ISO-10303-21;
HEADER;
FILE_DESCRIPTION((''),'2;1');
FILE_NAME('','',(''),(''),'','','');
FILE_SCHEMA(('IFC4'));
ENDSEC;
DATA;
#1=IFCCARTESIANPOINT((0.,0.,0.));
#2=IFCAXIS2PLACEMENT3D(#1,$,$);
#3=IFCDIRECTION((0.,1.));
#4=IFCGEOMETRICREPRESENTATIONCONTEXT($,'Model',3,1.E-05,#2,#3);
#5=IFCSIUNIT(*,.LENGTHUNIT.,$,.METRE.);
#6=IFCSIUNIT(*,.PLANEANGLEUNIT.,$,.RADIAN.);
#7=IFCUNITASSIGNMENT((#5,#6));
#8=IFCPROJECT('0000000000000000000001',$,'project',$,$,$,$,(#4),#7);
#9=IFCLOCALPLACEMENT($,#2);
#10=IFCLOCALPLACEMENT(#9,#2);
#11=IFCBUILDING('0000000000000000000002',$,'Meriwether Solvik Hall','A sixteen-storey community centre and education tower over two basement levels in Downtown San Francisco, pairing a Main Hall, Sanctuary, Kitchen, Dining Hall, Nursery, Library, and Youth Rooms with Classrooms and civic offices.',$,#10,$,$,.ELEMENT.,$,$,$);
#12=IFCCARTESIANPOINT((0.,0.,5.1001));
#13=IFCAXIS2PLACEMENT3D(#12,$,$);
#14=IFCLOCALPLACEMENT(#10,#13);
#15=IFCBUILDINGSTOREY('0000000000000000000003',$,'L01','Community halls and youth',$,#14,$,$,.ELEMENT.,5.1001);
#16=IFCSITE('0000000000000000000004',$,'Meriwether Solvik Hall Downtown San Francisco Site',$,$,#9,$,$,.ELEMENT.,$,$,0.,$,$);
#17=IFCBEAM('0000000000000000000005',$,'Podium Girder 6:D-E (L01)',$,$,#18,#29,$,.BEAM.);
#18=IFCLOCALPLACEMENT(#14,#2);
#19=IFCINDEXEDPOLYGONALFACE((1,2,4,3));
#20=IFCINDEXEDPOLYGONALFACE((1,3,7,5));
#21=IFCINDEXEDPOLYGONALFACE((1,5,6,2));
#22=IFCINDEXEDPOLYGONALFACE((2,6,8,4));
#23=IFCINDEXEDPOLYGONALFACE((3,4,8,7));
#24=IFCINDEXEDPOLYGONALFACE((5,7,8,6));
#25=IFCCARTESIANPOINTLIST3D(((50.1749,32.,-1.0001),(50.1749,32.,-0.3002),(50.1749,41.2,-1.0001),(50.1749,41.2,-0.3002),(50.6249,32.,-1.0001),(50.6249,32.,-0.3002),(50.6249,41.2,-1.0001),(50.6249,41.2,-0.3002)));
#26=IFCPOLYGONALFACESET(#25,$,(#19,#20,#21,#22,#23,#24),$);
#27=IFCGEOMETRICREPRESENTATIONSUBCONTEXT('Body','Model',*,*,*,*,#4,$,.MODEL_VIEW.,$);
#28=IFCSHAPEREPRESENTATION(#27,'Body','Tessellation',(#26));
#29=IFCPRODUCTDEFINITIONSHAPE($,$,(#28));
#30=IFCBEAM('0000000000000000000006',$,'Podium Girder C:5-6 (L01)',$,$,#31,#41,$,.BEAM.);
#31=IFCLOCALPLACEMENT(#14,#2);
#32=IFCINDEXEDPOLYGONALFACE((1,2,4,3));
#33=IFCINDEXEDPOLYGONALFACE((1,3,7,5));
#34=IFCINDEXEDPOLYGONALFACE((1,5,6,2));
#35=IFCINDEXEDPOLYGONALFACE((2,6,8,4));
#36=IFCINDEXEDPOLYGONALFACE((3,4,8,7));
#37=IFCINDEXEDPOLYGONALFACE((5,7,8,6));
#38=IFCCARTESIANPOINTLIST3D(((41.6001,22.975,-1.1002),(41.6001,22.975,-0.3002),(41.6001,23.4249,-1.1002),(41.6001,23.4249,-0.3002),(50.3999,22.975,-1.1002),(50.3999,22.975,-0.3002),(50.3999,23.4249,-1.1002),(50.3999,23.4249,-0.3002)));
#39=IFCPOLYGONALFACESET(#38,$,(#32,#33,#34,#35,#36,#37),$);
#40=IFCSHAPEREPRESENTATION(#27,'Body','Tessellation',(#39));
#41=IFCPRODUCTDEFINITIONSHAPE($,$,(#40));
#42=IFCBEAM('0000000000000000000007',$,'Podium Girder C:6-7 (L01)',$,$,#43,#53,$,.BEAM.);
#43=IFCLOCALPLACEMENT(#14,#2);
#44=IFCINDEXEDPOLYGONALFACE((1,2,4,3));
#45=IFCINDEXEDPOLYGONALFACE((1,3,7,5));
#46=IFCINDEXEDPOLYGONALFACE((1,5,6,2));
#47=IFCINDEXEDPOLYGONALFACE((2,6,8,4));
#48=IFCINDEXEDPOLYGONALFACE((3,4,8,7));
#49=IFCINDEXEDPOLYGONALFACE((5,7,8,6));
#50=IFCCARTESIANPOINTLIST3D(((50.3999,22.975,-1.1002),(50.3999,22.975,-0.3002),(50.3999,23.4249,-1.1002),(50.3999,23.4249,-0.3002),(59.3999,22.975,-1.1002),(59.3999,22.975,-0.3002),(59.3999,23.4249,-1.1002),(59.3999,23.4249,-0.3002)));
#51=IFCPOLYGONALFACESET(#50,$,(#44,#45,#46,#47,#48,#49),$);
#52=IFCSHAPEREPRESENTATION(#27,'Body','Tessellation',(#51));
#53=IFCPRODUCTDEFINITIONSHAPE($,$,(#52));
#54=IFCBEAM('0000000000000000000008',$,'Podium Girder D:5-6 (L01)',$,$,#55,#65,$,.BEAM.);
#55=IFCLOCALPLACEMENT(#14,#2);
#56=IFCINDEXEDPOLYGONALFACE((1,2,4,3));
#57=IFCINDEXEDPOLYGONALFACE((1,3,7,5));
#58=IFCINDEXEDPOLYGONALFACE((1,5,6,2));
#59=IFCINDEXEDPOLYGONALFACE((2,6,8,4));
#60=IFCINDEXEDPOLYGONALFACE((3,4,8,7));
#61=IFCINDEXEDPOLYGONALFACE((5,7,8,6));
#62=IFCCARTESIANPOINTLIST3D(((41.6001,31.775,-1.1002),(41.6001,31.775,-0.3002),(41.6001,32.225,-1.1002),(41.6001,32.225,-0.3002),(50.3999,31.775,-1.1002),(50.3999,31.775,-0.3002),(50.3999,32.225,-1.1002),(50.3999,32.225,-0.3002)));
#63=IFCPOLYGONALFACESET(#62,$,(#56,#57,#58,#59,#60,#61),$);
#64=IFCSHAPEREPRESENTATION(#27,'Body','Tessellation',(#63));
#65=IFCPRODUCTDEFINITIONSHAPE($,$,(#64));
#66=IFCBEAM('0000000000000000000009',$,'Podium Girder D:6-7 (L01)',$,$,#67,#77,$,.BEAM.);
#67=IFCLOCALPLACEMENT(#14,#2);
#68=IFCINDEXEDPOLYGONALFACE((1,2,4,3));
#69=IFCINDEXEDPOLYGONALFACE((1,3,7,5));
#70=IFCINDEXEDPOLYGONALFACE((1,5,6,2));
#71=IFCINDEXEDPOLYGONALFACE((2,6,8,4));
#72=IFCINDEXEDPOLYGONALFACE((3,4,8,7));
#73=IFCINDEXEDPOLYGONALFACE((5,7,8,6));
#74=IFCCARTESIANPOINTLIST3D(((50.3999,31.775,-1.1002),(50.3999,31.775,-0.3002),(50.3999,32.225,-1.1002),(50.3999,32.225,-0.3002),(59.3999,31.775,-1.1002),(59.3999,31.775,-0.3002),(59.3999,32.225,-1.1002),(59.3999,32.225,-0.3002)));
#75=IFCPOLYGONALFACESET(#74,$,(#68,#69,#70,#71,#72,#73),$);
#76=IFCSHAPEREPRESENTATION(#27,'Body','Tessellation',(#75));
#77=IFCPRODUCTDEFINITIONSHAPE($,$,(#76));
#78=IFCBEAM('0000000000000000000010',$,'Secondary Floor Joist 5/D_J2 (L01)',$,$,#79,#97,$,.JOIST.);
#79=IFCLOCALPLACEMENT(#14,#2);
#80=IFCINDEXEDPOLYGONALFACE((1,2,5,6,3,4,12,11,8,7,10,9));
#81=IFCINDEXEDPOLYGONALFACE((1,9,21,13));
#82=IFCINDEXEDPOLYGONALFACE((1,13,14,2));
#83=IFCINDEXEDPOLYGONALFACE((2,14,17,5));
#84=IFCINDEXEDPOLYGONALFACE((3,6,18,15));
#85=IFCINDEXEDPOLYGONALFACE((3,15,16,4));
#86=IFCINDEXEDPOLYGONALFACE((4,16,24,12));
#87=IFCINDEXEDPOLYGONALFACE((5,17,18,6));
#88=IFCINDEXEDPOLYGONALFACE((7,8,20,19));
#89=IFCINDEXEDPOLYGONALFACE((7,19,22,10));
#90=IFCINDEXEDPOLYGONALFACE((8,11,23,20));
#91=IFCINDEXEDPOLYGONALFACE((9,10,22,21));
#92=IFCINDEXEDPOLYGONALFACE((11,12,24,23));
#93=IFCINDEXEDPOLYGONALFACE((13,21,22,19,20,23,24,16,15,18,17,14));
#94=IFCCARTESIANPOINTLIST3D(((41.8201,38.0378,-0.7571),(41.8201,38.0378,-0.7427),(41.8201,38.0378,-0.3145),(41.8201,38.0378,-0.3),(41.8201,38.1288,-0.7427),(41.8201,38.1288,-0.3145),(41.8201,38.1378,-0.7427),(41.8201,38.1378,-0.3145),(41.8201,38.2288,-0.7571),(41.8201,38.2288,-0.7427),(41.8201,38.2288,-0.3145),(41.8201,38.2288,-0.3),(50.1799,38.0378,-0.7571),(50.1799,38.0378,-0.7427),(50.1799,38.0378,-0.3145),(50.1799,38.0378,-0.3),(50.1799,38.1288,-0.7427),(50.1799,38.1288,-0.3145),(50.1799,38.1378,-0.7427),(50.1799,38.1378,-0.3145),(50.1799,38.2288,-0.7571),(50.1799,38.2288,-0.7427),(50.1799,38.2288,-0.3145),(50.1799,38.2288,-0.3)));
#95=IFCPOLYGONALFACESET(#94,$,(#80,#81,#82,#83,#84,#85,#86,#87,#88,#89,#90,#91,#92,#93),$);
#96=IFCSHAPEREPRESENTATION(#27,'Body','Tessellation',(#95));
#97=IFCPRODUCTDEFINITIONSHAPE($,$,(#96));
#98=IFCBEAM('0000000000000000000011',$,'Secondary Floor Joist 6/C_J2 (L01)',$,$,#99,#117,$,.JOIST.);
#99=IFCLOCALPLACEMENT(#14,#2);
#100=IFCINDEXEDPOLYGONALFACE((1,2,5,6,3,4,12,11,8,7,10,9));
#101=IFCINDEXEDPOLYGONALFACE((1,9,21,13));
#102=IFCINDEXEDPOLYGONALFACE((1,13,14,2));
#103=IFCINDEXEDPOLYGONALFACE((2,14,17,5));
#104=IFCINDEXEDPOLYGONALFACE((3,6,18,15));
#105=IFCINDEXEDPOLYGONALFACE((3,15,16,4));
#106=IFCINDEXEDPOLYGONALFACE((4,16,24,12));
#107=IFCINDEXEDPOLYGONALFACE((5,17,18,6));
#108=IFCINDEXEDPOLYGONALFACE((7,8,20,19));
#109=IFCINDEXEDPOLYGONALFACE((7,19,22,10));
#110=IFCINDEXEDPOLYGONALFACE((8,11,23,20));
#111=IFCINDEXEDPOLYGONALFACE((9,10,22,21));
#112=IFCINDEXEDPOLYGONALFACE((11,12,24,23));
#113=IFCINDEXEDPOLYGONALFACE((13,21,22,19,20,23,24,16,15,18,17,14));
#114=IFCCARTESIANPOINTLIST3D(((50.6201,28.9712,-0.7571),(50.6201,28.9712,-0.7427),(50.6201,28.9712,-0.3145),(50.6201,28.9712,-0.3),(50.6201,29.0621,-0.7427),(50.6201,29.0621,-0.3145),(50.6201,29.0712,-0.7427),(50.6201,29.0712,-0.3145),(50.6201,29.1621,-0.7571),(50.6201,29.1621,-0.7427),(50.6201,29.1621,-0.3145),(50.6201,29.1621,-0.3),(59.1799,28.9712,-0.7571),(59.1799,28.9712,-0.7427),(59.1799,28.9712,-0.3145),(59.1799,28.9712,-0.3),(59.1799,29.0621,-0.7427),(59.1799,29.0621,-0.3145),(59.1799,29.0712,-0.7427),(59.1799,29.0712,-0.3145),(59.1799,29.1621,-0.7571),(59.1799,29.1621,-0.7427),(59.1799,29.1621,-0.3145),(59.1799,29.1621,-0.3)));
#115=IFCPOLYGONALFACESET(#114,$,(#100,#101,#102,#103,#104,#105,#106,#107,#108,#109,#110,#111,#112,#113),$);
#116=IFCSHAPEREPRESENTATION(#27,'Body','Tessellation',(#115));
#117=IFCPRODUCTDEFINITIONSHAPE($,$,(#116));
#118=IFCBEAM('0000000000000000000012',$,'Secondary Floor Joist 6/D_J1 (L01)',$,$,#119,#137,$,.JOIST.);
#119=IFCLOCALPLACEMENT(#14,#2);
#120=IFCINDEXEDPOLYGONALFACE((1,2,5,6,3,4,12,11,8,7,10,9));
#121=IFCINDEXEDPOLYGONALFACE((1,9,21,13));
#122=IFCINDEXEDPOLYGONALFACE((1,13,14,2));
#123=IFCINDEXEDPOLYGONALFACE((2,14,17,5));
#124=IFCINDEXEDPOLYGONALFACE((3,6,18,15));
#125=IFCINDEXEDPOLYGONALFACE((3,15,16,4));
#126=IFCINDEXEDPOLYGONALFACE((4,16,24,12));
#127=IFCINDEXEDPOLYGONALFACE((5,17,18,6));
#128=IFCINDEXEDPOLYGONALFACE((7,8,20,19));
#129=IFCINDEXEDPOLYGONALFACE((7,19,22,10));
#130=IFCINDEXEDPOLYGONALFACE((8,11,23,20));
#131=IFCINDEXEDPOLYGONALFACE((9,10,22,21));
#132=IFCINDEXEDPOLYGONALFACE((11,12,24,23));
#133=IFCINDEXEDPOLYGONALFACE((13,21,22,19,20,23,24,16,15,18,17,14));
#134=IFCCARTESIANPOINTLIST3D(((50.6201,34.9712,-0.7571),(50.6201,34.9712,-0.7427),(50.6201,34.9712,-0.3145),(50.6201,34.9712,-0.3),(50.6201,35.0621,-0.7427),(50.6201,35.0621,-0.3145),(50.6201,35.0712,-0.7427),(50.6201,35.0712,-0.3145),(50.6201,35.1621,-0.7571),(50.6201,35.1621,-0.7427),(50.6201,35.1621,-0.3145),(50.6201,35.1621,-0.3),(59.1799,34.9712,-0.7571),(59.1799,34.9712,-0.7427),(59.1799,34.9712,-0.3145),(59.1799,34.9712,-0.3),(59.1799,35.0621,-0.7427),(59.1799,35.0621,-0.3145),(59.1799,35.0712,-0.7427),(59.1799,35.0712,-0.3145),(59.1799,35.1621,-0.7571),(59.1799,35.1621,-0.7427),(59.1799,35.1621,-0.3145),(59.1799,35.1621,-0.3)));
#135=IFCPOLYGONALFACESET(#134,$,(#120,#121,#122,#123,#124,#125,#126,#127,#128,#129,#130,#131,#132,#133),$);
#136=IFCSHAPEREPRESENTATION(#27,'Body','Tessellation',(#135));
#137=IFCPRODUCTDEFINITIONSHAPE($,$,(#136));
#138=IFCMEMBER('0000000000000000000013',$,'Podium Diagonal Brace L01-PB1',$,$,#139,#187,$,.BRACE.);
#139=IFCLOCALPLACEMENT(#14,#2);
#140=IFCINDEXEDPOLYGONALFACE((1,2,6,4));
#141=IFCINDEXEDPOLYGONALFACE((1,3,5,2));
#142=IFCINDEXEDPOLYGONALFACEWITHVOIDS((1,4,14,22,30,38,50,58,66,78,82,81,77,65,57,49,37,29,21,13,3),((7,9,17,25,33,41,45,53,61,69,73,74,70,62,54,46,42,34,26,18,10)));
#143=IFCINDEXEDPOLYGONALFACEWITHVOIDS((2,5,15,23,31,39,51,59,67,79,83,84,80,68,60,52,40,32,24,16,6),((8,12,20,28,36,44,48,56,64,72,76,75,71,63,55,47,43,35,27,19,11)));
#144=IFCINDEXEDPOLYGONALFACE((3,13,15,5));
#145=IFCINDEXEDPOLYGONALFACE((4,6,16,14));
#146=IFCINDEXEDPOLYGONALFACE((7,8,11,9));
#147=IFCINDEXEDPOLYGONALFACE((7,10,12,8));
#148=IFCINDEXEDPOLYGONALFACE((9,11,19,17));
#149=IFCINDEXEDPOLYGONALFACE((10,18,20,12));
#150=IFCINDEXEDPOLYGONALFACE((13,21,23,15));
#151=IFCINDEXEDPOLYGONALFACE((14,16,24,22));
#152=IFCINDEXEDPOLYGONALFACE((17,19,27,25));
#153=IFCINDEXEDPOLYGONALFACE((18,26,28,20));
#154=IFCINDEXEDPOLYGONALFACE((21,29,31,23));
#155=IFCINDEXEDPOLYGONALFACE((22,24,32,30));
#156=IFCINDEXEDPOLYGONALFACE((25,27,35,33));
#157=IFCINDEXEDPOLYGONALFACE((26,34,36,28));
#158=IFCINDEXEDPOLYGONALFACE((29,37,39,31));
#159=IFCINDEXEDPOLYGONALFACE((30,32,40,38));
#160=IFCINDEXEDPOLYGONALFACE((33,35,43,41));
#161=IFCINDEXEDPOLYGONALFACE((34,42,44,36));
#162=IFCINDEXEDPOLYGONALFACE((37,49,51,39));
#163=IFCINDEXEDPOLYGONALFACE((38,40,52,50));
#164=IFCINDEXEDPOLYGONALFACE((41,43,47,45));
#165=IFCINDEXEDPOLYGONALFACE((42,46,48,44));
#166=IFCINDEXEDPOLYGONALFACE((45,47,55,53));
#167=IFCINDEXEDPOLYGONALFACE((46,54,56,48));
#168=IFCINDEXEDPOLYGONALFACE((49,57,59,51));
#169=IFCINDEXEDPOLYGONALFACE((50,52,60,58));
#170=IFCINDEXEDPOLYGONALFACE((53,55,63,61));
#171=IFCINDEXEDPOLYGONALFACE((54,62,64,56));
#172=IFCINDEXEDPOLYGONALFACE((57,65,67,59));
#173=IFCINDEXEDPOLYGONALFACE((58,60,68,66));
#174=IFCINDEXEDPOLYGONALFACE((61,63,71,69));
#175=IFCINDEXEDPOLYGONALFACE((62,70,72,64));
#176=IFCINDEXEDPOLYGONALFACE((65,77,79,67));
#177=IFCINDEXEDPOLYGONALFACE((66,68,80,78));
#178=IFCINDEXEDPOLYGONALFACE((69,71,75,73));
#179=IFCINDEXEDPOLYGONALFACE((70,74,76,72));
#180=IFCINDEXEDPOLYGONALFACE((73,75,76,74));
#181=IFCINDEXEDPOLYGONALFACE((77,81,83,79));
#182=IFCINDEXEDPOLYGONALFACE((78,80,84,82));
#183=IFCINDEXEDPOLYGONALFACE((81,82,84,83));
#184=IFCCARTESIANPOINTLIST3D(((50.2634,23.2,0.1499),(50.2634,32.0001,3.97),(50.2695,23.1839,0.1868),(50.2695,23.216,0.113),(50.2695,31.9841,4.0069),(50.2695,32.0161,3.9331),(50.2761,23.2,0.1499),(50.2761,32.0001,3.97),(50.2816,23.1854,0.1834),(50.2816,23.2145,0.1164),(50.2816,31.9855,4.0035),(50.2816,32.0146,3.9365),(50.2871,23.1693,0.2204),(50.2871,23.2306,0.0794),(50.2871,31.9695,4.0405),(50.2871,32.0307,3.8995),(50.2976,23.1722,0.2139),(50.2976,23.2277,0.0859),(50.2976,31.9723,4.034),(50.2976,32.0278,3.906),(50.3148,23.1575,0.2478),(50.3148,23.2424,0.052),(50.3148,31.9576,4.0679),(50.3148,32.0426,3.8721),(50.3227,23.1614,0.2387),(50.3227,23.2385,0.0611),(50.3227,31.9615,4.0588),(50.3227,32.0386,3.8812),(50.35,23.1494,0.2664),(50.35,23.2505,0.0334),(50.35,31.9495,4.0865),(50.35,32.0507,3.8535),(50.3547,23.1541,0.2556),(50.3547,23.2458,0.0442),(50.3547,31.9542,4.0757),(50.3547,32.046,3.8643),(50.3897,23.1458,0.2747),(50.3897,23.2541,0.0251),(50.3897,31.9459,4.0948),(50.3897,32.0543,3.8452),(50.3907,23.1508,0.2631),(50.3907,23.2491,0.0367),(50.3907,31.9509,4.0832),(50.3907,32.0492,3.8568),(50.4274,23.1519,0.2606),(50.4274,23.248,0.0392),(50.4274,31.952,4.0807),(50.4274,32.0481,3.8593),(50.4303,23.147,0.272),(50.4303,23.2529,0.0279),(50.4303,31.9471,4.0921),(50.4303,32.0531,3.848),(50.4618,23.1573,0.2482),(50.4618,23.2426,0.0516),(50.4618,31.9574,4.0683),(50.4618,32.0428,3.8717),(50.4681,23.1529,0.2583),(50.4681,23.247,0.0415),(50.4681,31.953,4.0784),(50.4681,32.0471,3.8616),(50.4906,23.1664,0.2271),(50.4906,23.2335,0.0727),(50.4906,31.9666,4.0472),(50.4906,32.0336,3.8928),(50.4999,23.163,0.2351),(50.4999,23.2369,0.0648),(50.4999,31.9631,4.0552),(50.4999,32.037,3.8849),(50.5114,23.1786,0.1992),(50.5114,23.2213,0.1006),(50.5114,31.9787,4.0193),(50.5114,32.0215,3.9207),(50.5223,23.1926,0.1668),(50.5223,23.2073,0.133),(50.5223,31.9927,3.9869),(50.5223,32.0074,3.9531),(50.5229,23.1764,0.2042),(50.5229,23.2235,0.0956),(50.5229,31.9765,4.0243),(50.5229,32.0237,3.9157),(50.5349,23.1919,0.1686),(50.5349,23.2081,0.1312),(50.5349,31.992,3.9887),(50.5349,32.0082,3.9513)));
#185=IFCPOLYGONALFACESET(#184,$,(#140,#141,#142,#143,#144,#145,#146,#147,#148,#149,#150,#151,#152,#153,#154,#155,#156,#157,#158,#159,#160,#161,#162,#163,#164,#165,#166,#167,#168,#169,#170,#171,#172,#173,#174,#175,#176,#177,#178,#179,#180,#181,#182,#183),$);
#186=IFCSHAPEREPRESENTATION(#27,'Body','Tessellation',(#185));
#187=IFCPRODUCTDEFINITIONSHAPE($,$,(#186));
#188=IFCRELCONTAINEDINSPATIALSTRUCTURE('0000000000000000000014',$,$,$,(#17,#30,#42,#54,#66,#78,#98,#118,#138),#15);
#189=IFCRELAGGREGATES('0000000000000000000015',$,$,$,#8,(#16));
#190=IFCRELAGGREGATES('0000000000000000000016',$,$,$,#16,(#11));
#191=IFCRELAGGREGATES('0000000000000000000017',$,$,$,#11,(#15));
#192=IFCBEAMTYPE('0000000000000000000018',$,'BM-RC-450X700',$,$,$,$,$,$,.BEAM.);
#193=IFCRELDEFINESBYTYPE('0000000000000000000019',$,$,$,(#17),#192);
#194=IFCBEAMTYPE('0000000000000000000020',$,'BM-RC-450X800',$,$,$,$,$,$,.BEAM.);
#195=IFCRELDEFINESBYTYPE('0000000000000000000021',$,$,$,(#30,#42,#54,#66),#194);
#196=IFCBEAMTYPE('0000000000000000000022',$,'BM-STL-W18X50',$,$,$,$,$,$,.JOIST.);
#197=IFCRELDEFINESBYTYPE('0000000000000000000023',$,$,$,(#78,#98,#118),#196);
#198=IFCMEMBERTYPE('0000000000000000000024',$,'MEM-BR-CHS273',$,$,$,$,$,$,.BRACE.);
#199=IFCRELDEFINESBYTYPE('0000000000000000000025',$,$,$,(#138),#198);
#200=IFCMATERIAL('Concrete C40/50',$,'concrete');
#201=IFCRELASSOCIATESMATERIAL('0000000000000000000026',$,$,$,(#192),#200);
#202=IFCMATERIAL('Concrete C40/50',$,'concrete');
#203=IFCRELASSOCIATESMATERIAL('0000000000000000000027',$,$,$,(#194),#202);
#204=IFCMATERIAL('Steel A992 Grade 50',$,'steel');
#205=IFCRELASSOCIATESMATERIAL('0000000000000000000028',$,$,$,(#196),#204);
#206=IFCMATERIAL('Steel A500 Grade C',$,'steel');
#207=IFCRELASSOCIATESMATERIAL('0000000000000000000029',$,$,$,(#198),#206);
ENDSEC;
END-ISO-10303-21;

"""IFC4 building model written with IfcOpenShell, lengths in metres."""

from ifc_helpers import new_model, si_unit, direction, frame, origin, origin_2d, place, context, subcontext, project, spatial, rectangle, hollow_circle, i_section, extrude, material, material_profile, profile_set, type_object, element, save


model = new_model("IFC4")

# Units and contexts
model_context = context("Model", 3, precision=1e-05, world=origin(), true_north=direction((0.0, 1.0)))
body_context = subcontext(model_context, "Body", "Model", "MODEL_VIEW")
ifc_project = project(units=[si_unit("LENGTHUNIT", "METRE"), si_unit("PLANEANGLEUNIT", "RADIAN")], contexts=[model_context])

# Site, building, storey
site_placement = place(None, origin())
site = spatial("IfcSite", under=ifc_project, at=site_placement, Name="Meriwether Solvik Hall Downtown San Francisco Site", CompositionType="ELEMENT", RefElevation=0.0)
building_placement = place(site_placement, origin())
building = spatial("IfcBuilding", under=site, at=building_placement, Name="Meriwether Solvik Hall", Description="A sixteen-storey community centre and education tower over two basement levels in Downtown San Francisco, pairing a Main Hall, Sanctuary, Kitchen, Dining Hall, Nursery, Library, and Youth Rooms with Classrooms and civic offices.", CompositionType="ELEMENT")
storey_placement = place(building_placement, frame((0.0, 0.0, 5.1001)))
storey = spatial("IfcBuildingStorey", under=building, at=storey_placement, Name="L01", Description="Community halls and youth", CompositionType="ELEMENT", Elevation=5.1001)

# Beams
ifc_material_1 = material(Name="Concrete C40/50", Category="concrete")
ifc_material_profile_1 = material_profile(ifc_material_1, rectangle(XDim=0.45, YDim=0.7, at=origin_2d()), Name="RCB-450X700")
ifc_profile_set_1 = profile_set([ifc_material_profile_1], Name="Concrete C40/50")
beam_type_1 = type_object("IfcBeamType", Name="BM-RC-450X700", PredefinedType="BEAM", material=ifc_profile_set_1)
beam_1_placement = place(storey_placement, frame((50.3999, 32.0, -0.6501), z_axis=(0.0, 1.0, 0.0), x_axis=(-1.0, 0.0, 0.0)))
element("IfcBeam", 1, at=beam_1_placement, inside=storey, type_object=beam_type_1, Name="Podium Girder 6:D-E (L01)", PredefinedType="BEAM", context=body_context, shape_type="SweptSolid", body=[
    extrude(rectangle(XDim=0.45, YDim=0.7, at=origin_2d()), origin(), (0.0, 0.0, 1.0), 9.2),
])
ifc_material_2 = material(Name="Concrete C40/50", Category="concrete")
ifc_material_profile_2 = material_profile(ifc_material_2, rectangle(XDim=0.45, YDim=0.8, at=origin_2d()), Name="RCB-450X800")
ifc_profile_set_2 = profile_set([ifc_material_profile_2], Name="Concrete C40/50")
beam_type_2 = type_object("IfcBeamType", Name="BM-RC-450X800", PredefinedType="BEAM", material=ifc_profile_set_2)
beam_2_placement = place(storey_placement, frame((41.6001, 23.2, -0.7002), z_axis=(1.0, 0.0, 0.0), x_axis=(0.0, 1.0, 0.0)))
element("IfcBeam", 2, at=beam_2_placement, inside=storey, type_object=beam_type_2, Name="Podium Girder C:5-6 (L01)", PredefinedType="BEAM", context=body_context, shape_type="SweptSolid", body=[
    extrude(rectangle(XDim=0.45, YDim=0.8, at=origin_2d()), origin(), (0.0, 0.0, 1.0), 8.7998),
])
beam_3_placement = place(storey_placement, frame((50.3999, 23.2, -0.7002), z_axis=(1.0, 0.0, 0.0), x_axis=(0.0, 1.0, 0.0)))
element("IfcBeam", 3, at=beam_3_placement, inside=storey, type_object=beam_type_2, Name="Podium Girder C:6-7 (L01)", PredefinedType="BEAM", context=body_context, shape_type="SweptSolid", body=[
    extrude(rectangle(XDim=0.45, YDim=0.8, at=origin_2d()), origin(), (0.0, 0.0, 1.0), 9.0),
])
beam_4_placement = place(storey_placement, frame((41.6001, 32.0, -0.7002), z_axis=(1.0, 0.0, 0.0), x_axis=(0.0, 1.0, 0.0)))
element("IfcBeam", 4, at=beam_4_placement, inside=storey, type_object=beam_type_2, Name="Podium Girder D:5-6 (L01)", PredefinedType="BEAM", context=body_context, shape_type="SweptSolid", body=[
    extrude(rectangle(XDim=0.45, YDim=0.8, at=origin_2d()), origin(), (0.0, 0.0, 1.0), 8.7998),
])
beam_5_placement = place(storey_placement, frame((50.3999, 32.0, -0.7002), z_axis=(1.0, 0.0, 0.0), x_axis=(0.0, 1.0, 0.0)))
element("IfcBeam", 5, at=beam_5_placement, inside=storey, type_object=beam_type_2, Name="Podium Girder D:6-7 (L01)", PredefinedType="BEAM", context=body_context, shape_type="SweptSolid", body=[
    extrude(rectangle(XDim=0.45, YDim=0.8, at=origin_2d()), origin(), (0.0, 0.0, 1.0), 9.0),
])
ifc_material_3 = material(Name="Steel A992 Grade 50", Category="steel")
ifc_material_profile_3 = material_profile(ifc_material_3, i_section(OverallWidth=0.1909, OverallDepth=0.457, WebThickness=0.009, FlangeThickness=0.0144, at=origin_2d()), Name="W18X50")
ifc_profile_set_3 = profile_set([ifc_material_profile_3], Name="Steel A992 Grade 50")
beam_type_3 = type_object("IfcBeamType", Name="BM-STL-W18X50", PredefinedType="JOIST", material=ifc_profile_set_3)
beam_6_placement = place(storey_placement, frame((41.8201, 38.1333, -0.5286), z_axis=(1.0, 0.0, 0.0), x_axis=(0.0, 1.0, 0.0)))
element("IfcBeam", 6, at=beam_6_placement, inside=storey, type_object=beam_type_3, Name="Secondary Floor Joist 5/D_J2 (L01)", PredefinedType="JOIST", context=body_context, shape_type="SweptSolid", body=[
    extrude(i_section(OverallWidth=0.1909, OverallDepth=0.457, WebThickness=0.009, FlangeThickness=0.0144, at=origin_2d()), origin(), (0.0, 0.0, 1.0), 8.3599),
])
for number, where, z_axis, x_axis, name in (
    (7, (50.6201, 29.0667, -0.5286), (1.0, 0.0, 0.0), (0.0, 1.0, 0.0), "Secondary Floor Joist 6/C_J2 (L01)"),
    (8, (50.6201, 35.0667, -0.5286), (1.0, 0.0, 0.0), (0.0, 1.0, 0.0), "Secondary Floor Joist 6/D_J1 (L01)"),
):
    element("IfcBeam", number, at=place(storey_placement, frame(where, z_axis=z_axis, x_axis=x_axis)), inside=storey, type_object=beam_type_3, Name=name, PredefinedType="JOIST", context=body_context, shape_type="SweptSolid", body=[
        extrude(i_section(OverallWidth=0.1909, OverallDepth=0.457, WebThickness=0.009, FlangeThickness=0.0144, at=origin_2d()), origin(), (0.0, 0.0, 1.0), 8.5598),
    ])

# Member
ifc_material_4 = material(Name="Steel A500 Grade C", Category="steel")
ifc_material_profile_4 = material_profile(ifc_material_4, hollow_circle(Radius=0.1365, WallThickness=0.0127, at=origin_2d()), Name="CHS273X12.7")
ifc_profile_set_4 = profile_set([ifc_material_profile_4], Name="Steel A500 Grade C")
member_type = type_object("IfcMemberType", Name="MEM-BR-CHS273", PredefinedType="BRACE", material=ifc_profile_set_4)
member_placement = place(storey_placement, frame((50.3999, 23.2, 0.1499), z_axis=(0.0, 0.9173, 0.398197), x_axis=(-1.0, 0.0, 0.0)))
element("IfcMember", 9, at=member_placement, inside=storey, type_object=member_type, Name="Podium Diagonal Brace L01-PB1", PredefinedType="BRACE", context=body_context, shape_type="SweptSolid", body=[
    extrude(hollow_circle(Radius=0.1365, WallThickness=0.0127, at=origin_2d()), origin(), (0.0, 0.0, 1.0), 9.5935),
])

save(model, "model.ifc")
